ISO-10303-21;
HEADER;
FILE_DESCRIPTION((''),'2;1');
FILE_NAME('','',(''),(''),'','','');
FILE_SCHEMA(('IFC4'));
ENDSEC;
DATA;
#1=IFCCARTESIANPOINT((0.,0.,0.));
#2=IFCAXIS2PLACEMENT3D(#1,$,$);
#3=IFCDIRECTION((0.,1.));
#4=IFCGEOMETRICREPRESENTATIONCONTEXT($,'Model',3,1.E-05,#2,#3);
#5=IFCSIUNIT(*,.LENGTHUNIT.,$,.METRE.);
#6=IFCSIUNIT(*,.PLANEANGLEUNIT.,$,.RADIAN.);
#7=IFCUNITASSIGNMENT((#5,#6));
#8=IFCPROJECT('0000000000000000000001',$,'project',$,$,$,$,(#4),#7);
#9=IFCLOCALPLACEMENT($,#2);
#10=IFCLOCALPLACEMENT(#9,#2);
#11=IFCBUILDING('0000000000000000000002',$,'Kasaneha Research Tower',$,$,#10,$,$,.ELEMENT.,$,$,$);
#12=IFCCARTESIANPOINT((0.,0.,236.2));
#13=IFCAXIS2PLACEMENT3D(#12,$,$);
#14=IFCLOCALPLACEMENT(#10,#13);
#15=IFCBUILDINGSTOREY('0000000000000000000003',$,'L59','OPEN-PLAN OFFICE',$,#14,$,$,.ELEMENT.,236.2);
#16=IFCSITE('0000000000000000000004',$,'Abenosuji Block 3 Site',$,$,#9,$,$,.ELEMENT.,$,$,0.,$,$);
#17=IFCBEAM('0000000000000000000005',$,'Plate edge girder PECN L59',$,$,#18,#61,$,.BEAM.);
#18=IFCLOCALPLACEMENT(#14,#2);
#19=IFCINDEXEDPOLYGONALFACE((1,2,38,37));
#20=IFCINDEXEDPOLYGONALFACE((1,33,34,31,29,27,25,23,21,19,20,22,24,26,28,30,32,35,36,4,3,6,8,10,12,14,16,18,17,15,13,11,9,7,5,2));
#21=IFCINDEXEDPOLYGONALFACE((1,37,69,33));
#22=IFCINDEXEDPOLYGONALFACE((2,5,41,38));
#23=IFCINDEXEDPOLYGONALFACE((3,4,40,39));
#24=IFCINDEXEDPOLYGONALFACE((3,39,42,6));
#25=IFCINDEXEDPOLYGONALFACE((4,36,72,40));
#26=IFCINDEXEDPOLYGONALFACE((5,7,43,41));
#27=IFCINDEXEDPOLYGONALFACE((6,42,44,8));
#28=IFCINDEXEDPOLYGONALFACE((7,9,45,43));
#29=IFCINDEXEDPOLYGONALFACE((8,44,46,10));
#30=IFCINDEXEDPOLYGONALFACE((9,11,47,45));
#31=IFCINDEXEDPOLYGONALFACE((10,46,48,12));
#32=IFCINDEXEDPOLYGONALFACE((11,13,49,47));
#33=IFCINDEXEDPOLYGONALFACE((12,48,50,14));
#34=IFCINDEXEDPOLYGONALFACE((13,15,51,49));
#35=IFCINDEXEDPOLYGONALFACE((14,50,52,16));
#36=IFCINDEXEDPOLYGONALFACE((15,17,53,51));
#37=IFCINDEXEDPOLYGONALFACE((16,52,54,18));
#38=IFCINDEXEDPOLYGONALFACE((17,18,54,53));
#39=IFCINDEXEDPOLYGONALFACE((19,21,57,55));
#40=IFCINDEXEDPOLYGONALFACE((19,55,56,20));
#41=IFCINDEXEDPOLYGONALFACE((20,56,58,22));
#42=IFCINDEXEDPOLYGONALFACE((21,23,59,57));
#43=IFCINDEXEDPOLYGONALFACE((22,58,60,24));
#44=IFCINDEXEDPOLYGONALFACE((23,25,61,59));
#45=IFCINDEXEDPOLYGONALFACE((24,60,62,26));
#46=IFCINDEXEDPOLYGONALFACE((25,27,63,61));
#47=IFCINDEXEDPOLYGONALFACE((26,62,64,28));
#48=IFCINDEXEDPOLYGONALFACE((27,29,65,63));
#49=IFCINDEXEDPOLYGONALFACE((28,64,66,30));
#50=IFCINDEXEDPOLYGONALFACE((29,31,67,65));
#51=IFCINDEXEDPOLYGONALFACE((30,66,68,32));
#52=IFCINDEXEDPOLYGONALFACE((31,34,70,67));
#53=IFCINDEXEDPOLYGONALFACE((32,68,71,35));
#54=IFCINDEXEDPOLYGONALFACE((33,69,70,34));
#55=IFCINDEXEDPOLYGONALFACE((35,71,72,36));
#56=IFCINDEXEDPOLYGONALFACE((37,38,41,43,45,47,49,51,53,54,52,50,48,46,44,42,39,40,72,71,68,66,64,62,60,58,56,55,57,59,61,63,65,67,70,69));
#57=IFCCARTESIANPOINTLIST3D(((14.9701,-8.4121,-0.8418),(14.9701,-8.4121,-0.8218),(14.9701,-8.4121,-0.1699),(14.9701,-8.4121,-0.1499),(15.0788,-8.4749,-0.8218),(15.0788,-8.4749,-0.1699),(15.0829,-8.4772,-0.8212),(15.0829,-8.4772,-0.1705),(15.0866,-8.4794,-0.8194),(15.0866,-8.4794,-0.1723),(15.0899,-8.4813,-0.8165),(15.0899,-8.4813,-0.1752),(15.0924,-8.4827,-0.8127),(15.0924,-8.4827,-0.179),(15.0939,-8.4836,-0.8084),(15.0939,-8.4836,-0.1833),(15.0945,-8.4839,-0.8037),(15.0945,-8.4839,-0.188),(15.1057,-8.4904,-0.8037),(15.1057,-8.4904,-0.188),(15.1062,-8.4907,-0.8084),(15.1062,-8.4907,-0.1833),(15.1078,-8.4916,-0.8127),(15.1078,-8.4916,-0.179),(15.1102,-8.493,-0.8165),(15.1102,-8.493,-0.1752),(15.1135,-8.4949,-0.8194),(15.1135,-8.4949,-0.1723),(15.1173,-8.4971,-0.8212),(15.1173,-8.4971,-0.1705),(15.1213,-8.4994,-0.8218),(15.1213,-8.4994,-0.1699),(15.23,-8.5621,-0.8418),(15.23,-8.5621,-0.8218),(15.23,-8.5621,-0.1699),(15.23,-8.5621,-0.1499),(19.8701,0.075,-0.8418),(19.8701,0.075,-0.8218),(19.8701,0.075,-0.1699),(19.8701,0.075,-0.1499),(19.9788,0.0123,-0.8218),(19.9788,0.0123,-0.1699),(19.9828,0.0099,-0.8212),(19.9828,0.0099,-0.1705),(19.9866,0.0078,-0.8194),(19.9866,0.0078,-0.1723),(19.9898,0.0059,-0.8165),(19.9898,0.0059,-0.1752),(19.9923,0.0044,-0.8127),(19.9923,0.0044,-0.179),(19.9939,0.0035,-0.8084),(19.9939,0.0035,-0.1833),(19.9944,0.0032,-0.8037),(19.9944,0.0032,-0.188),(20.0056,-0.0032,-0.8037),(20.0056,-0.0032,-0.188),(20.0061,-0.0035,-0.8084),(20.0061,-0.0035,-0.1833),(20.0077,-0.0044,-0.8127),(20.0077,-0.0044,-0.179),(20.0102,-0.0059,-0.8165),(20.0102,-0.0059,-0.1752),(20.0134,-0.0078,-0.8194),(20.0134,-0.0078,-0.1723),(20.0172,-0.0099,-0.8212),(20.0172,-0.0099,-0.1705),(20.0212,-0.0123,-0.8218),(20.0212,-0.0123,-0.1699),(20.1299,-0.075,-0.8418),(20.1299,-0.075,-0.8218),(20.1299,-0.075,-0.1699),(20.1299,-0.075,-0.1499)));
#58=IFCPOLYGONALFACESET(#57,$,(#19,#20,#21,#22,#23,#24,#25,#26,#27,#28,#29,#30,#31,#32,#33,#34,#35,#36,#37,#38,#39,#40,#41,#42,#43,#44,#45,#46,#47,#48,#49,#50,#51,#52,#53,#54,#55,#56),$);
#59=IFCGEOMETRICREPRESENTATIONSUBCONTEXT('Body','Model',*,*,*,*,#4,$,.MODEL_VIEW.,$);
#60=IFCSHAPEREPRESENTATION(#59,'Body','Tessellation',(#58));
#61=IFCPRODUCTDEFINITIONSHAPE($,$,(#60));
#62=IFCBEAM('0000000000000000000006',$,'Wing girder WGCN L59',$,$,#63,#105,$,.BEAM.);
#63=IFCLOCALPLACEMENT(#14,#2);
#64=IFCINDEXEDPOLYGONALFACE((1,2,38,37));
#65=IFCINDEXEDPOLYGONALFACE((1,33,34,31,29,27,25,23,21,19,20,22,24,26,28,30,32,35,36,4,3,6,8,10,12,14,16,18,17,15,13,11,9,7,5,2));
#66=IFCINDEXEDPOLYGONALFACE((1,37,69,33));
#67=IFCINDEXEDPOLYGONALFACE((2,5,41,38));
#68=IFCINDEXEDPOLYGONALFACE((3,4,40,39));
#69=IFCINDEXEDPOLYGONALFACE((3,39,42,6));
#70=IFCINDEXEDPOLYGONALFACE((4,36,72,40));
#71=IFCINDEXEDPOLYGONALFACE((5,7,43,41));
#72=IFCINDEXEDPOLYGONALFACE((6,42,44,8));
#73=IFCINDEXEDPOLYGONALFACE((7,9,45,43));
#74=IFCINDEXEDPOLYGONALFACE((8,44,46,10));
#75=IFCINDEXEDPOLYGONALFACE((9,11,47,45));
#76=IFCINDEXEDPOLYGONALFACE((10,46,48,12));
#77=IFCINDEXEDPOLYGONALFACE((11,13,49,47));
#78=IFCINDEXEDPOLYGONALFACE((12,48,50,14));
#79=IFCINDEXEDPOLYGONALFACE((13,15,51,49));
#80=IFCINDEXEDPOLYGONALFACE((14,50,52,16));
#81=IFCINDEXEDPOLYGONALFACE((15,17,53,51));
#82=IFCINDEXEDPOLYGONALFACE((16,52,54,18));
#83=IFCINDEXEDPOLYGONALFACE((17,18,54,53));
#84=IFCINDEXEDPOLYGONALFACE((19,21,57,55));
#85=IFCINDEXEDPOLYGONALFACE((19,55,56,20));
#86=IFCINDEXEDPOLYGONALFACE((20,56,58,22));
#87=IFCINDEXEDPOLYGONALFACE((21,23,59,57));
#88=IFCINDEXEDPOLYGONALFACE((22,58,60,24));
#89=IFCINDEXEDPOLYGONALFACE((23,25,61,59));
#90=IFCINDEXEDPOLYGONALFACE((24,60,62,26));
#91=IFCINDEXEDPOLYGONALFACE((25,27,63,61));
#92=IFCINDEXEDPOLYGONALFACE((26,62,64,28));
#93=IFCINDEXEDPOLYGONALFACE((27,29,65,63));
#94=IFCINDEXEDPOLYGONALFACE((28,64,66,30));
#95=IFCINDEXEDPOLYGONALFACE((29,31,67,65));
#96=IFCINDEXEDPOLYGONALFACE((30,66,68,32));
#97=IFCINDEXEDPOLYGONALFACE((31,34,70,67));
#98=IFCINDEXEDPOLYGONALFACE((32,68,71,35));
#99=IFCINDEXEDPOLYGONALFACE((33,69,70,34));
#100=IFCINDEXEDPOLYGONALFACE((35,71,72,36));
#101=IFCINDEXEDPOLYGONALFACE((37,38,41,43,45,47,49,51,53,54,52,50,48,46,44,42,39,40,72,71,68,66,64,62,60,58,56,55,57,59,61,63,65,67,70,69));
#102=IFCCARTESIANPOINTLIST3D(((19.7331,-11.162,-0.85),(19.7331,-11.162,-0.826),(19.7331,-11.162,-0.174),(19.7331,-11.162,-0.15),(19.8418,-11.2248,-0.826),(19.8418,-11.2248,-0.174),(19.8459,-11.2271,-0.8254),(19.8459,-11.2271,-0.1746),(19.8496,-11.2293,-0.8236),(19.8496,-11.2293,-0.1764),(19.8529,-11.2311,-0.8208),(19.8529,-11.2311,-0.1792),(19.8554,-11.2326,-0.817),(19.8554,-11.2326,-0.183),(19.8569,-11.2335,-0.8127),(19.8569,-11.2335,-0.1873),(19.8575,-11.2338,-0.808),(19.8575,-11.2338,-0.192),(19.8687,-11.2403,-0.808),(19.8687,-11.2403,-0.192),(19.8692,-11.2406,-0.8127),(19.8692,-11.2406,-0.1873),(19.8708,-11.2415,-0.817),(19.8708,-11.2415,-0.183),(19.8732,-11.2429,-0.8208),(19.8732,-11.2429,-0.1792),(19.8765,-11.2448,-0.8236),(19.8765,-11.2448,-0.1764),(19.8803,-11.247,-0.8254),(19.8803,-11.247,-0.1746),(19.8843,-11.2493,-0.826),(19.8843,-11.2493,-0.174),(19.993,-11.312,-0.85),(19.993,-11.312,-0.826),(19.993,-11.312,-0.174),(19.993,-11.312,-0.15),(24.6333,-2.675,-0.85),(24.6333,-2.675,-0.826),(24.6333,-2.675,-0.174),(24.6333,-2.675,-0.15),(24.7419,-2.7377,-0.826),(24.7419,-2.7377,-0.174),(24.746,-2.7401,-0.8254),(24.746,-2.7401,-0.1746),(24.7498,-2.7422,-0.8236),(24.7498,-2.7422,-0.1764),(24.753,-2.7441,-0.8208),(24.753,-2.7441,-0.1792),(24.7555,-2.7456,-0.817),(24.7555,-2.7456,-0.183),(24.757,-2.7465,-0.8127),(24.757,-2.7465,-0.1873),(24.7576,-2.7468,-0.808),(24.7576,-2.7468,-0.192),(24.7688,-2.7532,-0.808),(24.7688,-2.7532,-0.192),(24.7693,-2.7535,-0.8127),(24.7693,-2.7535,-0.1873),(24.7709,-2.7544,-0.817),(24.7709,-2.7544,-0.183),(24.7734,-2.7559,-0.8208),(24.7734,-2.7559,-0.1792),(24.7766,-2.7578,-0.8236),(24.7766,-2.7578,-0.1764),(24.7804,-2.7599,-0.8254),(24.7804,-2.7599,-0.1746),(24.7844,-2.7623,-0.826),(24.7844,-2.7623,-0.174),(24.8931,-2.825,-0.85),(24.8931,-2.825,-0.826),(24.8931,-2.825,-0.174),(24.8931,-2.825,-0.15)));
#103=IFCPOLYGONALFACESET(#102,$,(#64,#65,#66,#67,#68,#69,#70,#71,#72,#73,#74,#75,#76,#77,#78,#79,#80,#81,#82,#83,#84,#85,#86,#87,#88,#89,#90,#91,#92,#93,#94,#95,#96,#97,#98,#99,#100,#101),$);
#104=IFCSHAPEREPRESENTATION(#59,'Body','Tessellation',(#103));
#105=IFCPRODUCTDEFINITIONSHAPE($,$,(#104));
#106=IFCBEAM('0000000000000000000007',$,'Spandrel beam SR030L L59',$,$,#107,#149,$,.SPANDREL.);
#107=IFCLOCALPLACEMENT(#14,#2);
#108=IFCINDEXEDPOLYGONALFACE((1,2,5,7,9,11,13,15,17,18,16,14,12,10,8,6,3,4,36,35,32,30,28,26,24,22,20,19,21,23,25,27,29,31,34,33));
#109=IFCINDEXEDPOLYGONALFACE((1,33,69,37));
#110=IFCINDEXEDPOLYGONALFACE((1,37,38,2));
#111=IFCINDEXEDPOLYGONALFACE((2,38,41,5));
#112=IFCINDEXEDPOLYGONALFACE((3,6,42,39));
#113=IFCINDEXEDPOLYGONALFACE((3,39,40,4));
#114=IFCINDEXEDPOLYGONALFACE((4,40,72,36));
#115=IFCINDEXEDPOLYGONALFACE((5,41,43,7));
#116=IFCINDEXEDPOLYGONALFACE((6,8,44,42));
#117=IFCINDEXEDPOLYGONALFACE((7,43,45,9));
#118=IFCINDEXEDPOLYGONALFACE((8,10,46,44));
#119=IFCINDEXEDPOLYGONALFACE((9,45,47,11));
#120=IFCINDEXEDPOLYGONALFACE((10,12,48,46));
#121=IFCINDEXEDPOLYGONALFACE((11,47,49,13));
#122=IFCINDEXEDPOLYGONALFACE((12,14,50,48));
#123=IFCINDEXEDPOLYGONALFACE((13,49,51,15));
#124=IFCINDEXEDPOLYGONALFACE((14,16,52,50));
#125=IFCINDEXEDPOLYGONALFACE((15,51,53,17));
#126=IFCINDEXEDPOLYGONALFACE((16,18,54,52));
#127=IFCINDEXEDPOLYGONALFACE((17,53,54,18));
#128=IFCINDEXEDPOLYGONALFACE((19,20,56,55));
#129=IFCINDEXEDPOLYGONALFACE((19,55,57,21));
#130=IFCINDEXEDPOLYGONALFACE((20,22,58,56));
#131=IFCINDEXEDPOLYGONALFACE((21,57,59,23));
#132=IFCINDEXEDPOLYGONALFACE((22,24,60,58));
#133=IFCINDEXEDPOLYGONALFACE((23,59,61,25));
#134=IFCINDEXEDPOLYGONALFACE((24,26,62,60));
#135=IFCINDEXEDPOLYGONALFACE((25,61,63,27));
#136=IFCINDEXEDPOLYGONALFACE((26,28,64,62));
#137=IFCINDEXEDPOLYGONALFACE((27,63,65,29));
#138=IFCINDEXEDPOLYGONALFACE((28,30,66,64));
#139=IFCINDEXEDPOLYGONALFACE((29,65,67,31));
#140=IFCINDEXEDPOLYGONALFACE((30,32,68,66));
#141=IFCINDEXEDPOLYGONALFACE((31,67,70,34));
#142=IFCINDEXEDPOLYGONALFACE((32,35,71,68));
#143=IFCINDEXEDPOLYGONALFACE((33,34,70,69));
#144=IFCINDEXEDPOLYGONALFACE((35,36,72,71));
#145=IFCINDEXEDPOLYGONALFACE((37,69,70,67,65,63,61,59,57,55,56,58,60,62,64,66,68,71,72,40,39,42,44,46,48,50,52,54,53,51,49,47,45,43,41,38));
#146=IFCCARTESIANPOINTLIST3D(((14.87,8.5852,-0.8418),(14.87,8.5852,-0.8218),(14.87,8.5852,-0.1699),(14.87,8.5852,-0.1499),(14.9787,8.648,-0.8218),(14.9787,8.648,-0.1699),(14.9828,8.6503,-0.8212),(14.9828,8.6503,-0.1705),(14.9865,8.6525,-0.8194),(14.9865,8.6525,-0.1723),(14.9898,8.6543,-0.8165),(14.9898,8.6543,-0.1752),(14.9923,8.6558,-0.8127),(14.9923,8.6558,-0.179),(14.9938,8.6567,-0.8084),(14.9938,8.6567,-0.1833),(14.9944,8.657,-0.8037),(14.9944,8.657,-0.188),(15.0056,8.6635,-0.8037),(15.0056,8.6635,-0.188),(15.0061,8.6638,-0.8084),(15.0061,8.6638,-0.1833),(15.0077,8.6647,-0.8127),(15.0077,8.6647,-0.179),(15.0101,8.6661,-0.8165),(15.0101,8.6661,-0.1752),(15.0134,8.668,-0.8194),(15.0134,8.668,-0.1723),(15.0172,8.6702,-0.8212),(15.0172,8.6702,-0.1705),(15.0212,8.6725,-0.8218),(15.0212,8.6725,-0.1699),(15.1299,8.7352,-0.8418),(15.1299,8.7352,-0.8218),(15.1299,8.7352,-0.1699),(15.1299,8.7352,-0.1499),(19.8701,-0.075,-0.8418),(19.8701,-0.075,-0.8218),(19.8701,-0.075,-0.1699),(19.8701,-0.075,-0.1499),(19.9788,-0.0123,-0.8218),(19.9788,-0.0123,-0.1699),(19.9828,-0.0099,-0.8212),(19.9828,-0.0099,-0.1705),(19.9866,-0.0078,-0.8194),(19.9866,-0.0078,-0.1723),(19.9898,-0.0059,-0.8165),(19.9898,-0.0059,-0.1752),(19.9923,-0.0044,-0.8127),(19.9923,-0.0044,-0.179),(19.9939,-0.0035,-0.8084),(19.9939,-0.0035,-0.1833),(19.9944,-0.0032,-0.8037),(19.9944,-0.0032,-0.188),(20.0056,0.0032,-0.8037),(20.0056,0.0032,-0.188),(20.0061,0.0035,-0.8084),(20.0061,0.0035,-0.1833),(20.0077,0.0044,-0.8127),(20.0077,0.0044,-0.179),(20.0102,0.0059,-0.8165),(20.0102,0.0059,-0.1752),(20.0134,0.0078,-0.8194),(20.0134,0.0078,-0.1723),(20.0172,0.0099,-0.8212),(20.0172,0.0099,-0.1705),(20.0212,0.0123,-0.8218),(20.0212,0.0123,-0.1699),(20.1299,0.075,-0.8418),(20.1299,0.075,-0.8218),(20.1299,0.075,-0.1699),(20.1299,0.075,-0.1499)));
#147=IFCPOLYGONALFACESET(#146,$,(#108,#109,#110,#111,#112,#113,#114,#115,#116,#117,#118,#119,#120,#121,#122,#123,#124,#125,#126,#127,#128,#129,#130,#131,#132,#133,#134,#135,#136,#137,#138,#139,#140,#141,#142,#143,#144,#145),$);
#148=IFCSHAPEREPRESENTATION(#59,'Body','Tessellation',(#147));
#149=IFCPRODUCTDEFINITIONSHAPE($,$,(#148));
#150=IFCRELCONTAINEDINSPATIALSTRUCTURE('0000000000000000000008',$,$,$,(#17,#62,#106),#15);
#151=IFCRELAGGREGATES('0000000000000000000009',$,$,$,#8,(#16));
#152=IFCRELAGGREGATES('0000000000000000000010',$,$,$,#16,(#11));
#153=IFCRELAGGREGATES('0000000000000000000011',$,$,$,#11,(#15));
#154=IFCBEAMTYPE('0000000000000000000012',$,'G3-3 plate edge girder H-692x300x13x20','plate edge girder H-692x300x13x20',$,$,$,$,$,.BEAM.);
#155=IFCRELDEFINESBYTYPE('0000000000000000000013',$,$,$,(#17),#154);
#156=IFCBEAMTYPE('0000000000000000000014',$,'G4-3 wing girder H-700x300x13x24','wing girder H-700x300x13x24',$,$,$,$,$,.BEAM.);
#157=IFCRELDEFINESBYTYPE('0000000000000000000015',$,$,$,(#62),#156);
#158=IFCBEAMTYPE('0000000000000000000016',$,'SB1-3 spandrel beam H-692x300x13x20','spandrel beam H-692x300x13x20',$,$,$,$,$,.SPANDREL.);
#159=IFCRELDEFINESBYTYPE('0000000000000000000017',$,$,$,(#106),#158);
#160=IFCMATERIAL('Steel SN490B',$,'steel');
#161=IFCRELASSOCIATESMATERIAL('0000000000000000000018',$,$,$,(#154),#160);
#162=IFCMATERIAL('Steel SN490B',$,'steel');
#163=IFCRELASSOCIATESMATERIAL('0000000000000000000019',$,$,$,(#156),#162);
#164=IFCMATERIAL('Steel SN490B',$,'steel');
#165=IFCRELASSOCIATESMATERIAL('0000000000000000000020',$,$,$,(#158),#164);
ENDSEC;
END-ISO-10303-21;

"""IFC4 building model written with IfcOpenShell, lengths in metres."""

from ifc_helpers import new_model, si_unit, direction, frame, origin, origin_2d, place, context, subcontext, project, spatial, i_section, extrude, material, material_profile, profile_set, type_object, element, save


model = new_model("IFC4")

# Units and contexts
model_context = context("Model", 3, precision=1e-05, world=origin(), true_north=direction((0.0, 1.0)))
body_context = subcontext(model_context, "Body", "Model", "MODEL_VIEW")
ifc_project = project(units=[si_unit("LENGTHUNIT", "METRE"), si_unit("PLANEANGLEUNIT", "RADIAN")], contexts=[model_context])

# Site, building, storey
site_placement = place(None, origin())
site = spatial("IfcSite", under=ifc_project, at=site_placement, Name="Abenosuji Block 3 Site", CompositionType="ELEMENT", RefElevation=0.0)
building_placement = place(site_placement, origin())
building = spatial("IfcBuilding", under=site, at=building_placement, Name="Kasaneha Research Tower", CompositionType="ELEMENT")
storey_placement = place(building_placement, frame((0.0, 0.0, 236.2)))
storey = spatial("IfcBuildingStorey", under=building, at=storey_placement, Name="L59", Description="OPEN-PLAN OFFICE", CompositionType="ELEMENT", Elevation=236.2)

# Beams
ifc_material_1 = material(Name="Steel SN490B", Category="steel")
ifc_material_profile_1 = material_profile(ifc_material_1, i_section(OverallWidth=0.3, OverallDepth=0.6919, WebThickness=0.0129, FlangeThickness=0.02, FilletRadius=0.0181, at=origin_2d()), Name="H-692x300x13x20")
ifc_profile_set_1 = profile_set([ifc_material_profile_1], Name="Steel SN490B")
beam_type_1 = type_object("IfcBeamType", Name="G3-3 plate edge girder H-692x300x13x20", Description="plate edge girder H-692x300x13x20", PredefinedType="BEAM", material=ifc_profile_set_1)
beam_1_placement = place(storey_placement, frame((20.0, 0.0, -0.4958), z_axis=(-0.499992, -0.86603, 0.0), x_axis=(0.86603, -0.499992, 0.0)))
element("IfcBeam", 1, at=beam_1_placement, inside=storey, type_object=beam_type_1, Name="Plate edge girder PECN L59", PredefinedType="BEAM", context=body_context, shape_type="SweptSolid", body=[
    extrude(i_section(OverallWidth=0.3, OverallDepth=0.6919, WebThickness=0.0129, FlangeThickness=0.02, FilletRadius=0.0181, at=origin_2d()), origin(), (0.0, 0.0, 1.0), 9.8),
])
ifc_material_2 = material(Name="Steel SN490B", Category="steel")
ifc_material_profile_2 = material_profile(ifc_material_2, i_section(OverallWidth=0.3, OverallDepth=0.7, WebThickness=0.0129, FlangeThickness=0.0239, FilletRadius=0.0181, at=origin_2d()), Name="H-700x300x13x24")
ifc_profile_set_2 = profile_set([ifc_material_profile_2], Name="Steel SN490B")
beam_type_2 = type_object("IfcBeamType", Name="G4-3 wing girder H-700x300x13x24", Description="wing girder H-700x300x13x24", PredefinedType="BEAM", material=ifc_profile_set_2)
beam_2_placement = place(storey_placement, frame((24.7632, -2.75, -0.5), z_axis=(-0.500011, -0.866019, 0.0), x_axis=(0.866019, -0.500011, 0.0)))
element("IfcBeam", 2, at=beam_2_placement, inside=storey, type_object=beam_type_2, Name="Wing girder WGCN L59", PredefinedType="BEAM", context=body_context, shape_type="SweptSolid", body=[
    extrude(i_section(OverallWidth=0.3, OverallDepth=0.7, WebThickness=0.0129, FlangeThickness=0.0239, FilletRadius=0.0181, at=origin_2d()), origin(), (0.0, 0.0, 1.0), 9.8),
])
ifc_material_3 = material(Name="Steel SN490B", Category="steel")
ifc_material_profile_3 = material_profile(ifc_material_3, i_section(OverallWidth=0.3, OverallDepth=0.6919, WebThickness=0.0129, FlangeThickness=0.02, FilletRadius=0.0181, at=origin_2d()), Name="H-692x300x13x20")
ifc_profile_set_3 = profile_set([ifc_material_profile_3], Name="Steel SN490B")
beam_type_3 = type_object("IfcBeamType", Name="SB1-3 spandrel beam H-692x300x13x20", Description="spandrel beam H-692x300x13x20", PredefinedType="SPANDREL", material=ifc_profile_set_3)
beam_3_placement = place(storey_placement, frame((20.0, 0.0, -0.4958), z_axis=(-0.500004, 0.866023, 0.0), x_axis=(-0.866023, -0.500004, 0.0)))
element("IfcBeam", 3, at=beam_3_placement, inside=storey, type_object=beam_type_3, Name="Spandrel beam SR030L L59", PredefinedType="SPANDREL", context=body_context, shape_type="SweptSolid", body=[
    extrude(i_section(OverallWidth=0.3, OverallDepth=0.6919, WebThickness=0.0129, FlangeThickness=0.02, FilletRadius=0.0181, at=origin_2d()), origin(), (0.0, 0.0, 1.0), 10.0),
])

save(model, "model.ifc")
